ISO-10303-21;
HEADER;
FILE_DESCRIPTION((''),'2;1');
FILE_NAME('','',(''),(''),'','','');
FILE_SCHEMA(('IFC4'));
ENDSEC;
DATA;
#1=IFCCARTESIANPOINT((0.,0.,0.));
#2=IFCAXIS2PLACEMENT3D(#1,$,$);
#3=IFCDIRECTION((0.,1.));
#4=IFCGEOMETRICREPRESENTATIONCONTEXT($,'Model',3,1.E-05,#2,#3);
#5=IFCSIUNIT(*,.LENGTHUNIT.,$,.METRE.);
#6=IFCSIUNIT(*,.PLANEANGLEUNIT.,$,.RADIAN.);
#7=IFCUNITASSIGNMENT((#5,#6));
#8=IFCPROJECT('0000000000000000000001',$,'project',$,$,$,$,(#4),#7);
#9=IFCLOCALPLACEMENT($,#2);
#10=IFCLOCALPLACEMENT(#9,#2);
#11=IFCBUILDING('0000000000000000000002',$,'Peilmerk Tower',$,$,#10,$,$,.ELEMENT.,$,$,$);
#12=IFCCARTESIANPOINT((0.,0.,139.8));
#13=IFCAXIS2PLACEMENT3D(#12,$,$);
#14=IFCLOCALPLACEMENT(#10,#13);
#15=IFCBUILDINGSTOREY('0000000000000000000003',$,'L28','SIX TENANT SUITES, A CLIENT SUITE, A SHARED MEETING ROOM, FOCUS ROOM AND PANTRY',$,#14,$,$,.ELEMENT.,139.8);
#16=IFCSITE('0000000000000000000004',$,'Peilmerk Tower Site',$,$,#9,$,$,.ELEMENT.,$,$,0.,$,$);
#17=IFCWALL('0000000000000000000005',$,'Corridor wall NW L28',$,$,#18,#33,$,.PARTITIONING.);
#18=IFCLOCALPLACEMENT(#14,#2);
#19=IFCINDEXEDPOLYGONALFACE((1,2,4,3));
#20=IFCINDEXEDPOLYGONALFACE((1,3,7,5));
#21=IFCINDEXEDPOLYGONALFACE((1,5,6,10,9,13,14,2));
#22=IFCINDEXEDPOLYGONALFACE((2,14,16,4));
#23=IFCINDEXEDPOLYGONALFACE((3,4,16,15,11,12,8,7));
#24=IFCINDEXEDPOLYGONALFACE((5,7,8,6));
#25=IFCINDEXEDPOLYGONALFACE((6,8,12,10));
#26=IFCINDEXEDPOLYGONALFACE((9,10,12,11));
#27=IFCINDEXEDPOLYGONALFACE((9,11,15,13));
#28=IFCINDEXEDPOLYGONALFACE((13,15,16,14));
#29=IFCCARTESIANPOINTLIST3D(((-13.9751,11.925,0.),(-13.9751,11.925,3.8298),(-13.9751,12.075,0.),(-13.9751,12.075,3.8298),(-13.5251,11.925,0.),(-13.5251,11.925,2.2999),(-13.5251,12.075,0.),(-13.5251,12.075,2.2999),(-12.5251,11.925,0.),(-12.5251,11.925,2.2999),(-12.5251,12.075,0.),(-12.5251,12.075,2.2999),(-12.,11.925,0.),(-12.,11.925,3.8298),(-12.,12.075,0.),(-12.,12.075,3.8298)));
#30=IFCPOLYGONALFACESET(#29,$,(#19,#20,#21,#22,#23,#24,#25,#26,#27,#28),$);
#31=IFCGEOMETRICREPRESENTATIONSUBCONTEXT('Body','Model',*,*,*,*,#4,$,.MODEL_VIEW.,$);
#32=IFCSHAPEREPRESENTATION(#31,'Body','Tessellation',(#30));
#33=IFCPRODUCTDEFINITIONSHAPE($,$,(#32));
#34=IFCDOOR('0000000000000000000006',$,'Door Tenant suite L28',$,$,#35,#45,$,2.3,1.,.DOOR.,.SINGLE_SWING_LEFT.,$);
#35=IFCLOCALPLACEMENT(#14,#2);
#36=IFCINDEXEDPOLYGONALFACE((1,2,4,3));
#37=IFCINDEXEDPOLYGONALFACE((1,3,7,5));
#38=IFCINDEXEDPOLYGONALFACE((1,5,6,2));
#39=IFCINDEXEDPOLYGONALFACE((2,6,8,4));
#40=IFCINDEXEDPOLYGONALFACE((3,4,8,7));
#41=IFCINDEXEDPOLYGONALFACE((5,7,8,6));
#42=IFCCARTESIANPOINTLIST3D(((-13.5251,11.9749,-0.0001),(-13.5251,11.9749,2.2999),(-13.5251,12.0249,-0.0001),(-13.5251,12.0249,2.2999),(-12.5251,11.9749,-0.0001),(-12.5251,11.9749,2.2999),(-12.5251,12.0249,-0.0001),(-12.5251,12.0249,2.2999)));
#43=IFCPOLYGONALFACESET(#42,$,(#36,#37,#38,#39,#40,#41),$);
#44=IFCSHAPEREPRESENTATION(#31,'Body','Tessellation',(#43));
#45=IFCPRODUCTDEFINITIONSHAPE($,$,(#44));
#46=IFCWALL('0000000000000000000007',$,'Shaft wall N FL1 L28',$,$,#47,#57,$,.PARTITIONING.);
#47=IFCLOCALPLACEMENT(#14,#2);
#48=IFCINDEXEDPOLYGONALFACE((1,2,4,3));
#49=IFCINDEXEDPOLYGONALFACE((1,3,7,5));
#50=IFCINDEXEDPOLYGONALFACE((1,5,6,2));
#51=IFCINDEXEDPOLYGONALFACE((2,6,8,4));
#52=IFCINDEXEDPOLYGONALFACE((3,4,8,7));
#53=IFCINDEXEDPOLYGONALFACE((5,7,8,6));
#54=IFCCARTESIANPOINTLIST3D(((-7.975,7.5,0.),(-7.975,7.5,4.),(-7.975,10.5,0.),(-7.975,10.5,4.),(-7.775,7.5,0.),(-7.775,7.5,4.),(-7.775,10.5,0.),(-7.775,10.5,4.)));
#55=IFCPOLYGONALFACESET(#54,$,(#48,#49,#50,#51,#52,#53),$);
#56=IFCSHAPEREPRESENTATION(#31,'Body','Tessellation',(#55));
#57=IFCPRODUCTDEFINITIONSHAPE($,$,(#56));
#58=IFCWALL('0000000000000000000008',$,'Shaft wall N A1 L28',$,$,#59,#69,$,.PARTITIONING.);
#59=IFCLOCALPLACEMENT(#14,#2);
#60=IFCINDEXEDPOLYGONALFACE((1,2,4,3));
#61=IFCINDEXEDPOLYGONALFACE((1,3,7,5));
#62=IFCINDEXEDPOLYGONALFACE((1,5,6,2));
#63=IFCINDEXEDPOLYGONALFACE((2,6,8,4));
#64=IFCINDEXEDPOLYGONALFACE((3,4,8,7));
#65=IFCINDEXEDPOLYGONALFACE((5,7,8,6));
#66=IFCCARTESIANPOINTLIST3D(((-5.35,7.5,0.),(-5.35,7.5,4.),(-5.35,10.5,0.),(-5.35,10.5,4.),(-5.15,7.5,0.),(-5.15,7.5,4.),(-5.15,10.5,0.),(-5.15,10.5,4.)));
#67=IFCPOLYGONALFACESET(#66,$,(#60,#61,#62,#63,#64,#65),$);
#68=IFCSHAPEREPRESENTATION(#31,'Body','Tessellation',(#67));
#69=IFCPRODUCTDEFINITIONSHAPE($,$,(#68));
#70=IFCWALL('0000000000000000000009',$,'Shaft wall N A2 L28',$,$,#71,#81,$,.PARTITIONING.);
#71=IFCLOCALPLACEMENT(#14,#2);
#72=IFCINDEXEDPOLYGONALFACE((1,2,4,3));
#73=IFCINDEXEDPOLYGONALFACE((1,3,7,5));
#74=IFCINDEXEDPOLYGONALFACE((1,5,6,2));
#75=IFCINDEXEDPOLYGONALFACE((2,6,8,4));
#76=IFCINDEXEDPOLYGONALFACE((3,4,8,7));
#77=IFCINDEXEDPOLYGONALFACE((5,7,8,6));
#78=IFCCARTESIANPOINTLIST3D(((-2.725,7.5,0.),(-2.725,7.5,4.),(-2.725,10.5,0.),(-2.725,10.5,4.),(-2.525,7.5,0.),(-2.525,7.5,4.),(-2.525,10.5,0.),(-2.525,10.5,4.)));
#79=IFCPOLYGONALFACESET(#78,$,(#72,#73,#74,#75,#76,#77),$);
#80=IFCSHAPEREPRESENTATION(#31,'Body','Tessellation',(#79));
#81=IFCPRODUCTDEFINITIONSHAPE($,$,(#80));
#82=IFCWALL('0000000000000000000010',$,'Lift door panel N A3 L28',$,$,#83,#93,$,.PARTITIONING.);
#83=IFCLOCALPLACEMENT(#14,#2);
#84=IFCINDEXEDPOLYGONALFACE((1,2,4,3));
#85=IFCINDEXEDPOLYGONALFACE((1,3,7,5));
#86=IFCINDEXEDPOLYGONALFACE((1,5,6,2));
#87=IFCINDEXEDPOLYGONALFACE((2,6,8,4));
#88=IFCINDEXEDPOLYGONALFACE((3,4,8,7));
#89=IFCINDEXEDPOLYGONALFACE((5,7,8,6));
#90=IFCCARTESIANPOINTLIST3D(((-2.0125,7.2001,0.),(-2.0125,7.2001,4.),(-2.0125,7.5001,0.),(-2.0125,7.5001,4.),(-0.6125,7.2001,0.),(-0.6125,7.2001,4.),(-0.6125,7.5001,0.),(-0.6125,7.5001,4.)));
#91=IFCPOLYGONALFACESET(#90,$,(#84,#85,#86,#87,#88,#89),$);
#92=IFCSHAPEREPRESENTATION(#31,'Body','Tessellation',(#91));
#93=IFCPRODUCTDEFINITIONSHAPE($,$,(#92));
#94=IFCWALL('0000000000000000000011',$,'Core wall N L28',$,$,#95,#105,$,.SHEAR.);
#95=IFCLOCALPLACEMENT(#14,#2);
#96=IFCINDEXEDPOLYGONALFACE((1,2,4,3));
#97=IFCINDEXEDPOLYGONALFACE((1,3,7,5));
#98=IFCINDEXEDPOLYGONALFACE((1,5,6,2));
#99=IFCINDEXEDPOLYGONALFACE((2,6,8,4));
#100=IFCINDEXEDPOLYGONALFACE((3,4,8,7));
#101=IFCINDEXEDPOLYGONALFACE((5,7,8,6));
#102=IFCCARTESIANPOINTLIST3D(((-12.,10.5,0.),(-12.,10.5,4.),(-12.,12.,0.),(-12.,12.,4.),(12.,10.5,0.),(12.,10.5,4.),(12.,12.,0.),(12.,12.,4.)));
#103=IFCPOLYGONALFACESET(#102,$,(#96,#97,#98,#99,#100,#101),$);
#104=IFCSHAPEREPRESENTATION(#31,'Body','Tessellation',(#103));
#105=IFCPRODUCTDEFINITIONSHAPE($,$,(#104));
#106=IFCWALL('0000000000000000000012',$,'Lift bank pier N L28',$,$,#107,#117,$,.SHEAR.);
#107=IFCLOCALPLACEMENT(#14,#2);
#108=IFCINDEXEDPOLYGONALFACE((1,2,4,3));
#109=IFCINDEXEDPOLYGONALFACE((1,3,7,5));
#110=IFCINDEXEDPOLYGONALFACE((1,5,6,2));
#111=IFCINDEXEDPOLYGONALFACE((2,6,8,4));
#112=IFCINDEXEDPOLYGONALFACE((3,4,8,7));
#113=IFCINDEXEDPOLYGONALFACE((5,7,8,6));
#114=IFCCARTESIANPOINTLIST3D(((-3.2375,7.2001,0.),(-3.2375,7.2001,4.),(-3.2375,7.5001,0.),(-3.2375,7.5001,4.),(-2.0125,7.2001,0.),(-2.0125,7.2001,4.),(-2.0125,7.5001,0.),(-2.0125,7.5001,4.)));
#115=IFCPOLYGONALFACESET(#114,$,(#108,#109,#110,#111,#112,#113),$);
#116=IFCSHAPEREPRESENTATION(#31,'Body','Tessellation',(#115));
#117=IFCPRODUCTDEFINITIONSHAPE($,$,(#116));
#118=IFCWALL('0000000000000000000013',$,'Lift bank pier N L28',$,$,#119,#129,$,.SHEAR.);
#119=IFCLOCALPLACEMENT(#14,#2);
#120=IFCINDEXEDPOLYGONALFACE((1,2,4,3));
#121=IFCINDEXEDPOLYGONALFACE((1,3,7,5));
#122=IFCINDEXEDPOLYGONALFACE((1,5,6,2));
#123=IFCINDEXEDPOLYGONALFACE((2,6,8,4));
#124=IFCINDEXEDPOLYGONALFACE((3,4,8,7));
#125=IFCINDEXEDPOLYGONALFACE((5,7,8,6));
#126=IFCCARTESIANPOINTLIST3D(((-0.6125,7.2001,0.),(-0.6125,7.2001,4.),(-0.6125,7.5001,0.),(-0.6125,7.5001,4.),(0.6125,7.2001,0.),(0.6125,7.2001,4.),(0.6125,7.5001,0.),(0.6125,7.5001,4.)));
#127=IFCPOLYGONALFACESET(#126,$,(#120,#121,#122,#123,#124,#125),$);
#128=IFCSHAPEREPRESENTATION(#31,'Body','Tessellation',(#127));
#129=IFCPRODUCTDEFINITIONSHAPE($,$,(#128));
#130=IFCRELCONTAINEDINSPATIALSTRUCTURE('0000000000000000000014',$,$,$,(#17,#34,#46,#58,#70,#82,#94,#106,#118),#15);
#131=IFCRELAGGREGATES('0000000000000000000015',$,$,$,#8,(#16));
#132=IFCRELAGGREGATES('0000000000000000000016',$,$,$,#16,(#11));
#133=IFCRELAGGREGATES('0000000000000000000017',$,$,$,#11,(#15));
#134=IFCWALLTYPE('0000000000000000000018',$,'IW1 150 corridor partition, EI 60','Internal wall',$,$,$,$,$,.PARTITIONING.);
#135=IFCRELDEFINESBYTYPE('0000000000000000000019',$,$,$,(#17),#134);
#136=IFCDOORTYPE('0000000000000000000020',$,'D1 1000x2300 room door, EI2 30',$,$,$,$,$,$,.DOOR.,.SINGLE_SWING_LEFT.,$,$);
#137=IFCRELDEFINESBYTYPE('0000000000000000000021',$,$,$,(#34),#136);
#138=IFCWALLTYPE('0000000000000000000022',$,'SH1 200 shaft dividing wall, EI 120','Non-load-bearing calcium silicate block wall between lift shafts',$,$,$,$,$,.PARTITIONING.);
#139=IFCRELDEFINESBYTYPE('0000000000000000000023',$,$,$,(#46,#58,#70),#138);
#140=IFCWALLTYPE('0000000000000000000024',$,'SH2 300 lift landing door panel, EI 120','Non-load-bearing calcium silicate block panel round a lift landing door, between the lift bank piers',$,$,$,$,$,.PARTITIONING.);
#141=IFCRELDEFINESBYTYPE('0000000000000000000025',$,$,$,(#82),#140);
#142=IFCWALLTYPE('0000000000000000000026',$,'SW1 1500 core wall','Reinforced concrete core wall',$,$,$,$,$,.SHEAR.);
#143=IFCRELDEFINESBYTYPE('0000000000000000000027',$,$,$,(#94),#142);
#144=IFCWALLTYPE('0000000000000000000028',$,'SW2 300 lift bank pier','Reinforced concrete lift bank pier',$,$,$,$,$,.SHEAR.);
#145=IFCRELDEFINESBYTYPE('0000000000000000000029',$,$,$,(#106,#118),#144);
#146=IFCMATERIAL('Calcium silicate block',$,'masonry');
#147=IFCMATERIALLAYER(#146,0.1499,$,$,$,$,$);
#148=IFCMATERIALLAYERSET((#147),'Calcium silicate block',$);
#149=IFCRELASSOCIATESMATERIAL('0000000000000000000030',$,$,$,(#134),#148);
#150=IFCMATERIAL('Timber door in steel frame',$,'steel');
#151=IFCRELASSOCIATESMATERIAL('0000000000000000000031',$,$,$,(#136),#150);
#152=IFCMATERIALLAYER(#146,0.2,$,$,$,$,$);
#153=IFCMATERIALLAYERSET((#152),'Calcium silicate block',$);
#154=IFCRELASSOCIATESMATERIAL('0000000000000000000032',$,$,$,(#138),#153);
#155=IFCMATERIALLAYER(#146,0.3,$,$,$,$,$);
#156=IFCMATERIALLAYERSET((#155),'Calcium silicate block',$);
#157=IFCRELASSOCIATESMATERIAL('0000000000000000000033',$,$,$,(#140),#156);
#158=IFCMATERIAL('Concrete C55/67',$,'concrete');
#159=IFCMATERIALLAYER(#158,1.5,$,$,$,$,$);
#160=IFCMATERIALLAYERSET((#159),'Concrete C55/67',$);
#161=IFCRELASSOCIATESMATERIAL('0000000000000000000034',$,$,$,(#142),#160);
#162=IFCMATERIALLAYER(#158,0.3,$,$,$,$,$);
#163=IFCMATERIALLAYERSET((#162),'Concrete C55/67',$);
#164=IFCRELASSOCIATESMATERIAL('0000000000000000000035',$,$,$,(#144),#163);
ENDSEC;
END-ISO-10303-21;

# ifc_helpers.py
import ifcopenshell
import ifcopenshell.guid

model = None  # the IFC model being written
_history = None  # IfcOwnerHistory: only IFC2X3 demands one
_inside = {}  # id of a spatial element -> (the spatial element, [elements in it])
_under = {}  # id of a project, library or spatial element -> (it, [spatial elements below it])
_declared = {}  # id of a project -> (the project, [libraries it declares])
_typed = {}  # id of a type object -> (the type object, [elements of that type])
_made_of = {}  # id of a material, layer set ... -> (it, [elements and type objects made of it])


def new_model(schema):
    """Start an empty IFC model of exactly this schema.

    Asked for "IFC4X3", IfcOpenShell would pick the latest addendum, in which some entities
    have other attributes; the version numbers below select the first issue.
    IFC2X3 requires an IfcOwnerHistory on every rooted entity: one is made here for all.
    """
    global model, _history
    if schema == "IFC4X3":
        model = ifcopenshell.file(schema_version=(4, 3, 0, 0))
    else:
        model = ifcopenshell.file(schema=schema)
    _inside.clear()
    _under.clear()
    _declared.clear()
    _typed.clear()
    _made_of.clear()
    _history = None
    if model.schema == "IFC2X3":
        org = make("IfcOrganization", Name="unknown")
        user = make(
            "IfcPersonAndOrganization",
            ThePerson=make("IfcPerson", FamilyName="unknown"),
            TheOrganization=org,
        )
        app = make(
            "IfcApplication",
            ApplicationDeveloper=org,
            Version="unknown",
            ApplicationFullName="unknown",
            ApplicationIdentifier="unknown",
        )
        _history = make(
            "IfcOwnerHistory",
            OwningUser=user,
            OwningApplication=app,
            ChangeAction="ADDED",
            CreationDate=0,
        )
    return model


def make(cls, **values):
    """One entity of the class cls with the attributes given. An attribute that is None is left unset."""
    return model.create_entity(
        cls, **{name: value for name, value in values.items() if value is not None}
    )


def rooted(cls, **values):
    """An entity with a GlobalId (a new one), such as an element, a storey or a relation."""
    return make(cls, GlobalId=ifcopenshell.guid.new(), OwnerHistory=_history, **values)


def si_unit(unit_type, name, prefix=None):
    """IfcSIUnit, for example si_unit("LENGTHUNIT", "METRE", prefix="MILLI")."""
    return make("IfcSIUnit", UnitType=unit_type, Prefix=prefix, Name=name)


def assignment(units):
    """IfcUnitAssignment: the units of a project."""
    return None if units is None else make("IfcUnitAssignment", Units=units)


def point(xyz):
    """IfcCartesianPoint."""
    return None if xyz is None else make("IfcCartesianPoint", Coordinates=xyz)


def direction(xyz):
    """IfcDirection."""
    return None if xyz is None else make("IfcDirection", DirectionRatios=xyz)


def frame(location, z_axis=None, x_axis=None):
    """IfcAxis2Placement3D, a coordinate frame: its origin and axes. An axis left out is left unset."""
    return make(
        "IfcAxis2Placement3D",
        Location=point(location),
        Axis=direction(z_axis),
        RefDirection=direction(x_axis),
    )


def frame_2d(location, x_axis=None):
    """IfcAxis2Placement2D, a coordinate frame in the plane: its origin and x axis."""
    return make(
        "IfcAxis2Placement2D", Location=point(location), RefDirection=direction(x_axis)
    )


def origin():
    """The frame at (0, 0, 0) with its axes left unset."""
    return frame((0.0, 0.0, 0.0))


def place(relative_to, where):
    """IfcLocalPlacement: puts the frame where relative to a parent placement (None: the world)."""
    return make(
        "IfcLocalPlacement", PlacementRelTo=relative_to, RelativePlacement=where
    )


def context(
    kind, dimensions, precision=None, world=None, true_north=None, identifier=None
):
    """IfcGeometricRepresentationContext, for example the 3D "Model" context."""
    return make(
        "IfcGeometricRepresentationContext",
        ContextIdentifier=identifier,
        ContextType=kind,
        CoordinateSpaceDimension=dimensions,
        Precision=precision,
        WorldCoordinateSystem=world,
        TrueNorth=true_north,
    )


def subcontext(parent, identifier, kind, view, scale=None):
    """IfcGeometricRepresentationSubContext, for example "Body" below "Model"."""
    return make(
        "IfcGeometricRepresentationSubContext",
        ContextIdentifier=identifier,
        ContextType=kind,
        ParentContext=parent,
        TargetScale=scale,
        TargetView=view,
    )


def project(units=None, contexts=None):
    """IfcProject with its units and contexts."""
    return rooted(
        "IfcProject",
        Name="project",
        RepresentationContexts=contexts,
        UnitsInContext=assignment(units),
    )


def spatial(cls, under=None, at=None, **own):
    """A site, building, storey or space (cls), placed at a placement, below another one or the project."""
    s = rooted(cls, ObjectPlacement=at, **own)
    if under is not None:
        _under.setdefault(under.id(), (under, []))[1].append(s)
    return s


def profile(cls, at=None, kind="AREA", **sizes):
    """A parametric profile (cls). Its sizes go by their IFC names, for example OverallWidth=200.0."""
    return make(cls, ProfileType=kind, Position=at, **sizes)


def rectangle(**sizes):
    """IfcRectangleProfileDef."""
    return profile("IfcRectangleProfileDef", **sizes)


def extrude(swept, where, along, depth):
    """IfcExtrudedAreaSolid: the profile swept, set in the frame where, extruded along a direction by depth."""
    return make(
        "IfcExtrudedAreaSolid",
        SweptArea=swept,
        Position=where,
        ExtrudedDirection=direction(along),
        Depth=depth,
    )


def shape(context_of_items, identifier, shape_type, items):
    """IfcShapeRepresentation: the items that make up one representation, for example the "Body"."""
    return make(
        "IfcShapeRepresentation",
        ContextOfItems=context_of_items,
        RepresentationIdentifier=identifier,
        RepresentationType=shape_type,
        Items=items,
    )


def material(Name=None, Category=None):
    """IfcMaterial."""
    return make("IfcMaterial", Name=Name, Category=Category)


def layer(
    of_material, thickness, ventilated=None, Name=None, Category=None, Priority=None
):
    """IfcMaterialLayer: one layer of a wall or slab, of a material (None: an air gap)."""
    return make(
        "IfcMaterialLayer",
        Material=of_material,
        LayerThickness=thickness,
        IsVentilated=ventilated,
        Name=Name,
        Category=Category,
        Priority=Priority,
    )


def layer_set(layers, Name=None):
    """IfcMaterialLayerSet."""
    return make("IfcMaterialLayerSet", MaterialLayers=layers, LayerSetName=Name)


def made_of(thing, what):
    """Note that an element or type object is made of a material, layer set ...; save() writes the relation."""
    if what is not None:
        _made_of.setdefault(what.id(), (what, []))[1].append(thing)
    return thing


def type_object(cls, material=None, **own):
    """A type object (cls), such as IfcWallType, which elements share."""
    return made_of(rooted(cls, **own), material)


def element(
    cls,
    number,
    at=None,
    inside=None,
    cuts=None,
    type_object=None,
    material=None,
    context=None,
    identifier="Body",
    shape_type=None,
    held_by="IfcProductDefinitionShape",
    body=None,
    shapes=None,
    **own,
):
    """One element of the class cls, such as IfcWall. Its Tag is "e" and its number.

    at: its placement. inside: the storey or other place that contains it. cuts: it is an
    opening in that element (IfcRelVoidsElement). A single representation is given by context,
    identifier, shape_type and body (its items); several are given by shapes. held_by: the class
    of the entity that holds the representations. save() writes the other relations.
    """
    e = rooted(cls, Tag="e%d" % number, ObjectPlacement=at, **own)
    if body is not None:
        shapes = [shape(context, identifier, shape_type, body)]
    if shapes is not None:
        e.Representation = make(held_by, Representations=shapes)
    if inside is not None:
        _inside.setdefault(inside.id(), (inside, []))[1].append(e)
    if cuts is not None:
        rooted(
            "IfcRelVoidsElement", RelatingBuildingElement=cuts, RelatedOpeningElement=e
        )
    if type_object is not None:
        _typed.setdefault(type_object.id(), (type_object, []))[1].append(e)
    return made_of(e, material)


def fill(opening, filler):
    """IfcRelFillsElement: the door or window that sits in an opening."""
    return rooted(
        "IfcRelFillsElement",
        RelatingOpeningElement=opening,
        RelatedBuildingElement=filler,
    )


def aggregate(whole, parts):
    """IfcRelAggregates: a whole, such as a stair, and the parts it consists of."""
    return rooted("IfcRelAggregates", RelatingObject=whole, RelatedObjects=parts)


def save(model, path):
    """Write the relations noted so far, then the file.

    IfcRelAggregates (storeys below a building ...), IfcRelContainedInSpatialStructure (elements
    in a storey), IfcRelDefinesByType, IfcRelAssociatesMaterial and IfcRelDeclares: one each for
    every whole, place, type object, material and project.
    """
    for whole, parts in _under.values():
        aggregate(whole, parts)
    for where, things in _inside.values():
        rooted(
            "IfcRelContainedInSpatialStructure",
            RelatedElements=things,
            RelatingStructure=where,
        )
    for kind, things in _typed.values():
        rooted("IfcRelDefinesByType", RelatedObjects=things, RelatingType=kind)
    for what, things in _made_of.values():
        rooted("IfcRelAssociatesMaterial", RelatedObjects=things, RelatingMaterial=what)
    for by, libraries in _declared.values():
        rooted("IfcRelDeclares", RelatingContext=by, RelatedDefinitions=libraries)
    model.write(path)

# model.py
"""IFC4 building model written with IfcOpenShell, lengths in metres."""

from ifc_helpers import new_model, si_unit, direction, frame, frame_2d, origin, place, context, subcontext, project, spatial, rectangle, extrude, material, layer, layer_set, type_object, element, fill, save


model = new_model("IFC4")

# Units and contexts
model_context = context("Model", 3, precision=1e-05, world=origin(), true_north=direction((0.0, 1.0)))
body_context = subcontext(model_context, "Body", "Model", "MODEL_VIEW")
ifc_project = project(units=[si_unit("LENGTHUNIT", "METRE"), si_unit("PLANEANGLEUNIT", "RADIAN")], contexts=[model_context])

# Site, building, storey
site_placement = place(None, origin())
site = spatial("IfcSite", under=ifc_project, at=site_placement, Name="Peilmerk Tower Site", CompositionType="ELEMENT", RefElevation=0.0)
building_placement = place(site_placement, origin())
building = spatial("IfcBuilding", under=site, at=building_placement, Name="Peilmerk Tower", CompositionType="ELEMENT")
storey_placement = place(building_placement, frame((0.0, 0.0, 139.8)))
storey = spatial("IfcBuildingStorey", under=building, at=storey_placement, Name="L28", Description="SIX TENANT SUITES, A CLIENT SUITE, A SHARED MEETING ROOM, FOCUS ROOM AND PANTRY", CompositionType="ELEMENT", Elevation=139.8)

# Shared definitions
ifc_material_1 = material(Name="Calcium silicate block", Category="masonry")
ifc_layer_1 = layer(ifc_material_1, 0.1499)
ifc_layer_set_1 = layer_set([ifc_layer_1], Name="Calcium silicate block")
wall_type_1 = type_object("IfcWallType", Name="IW1 150 corridor partition, EI 60", Description="Internal wall", PredefinedType="PARTITIONING", material=ifc_layer_set_1)
ifc_material_2 = material(Name="Timber door in steel frame", Category="steel")
door_type_1 = type_object("IfcDoorType", Name="D1 1000x2300 room door, EI2 30", OperationType="SINGLE_SWING_LEFT", PredefinedType="DOOR", material=ifc_material_2)

# Wall, opening, door
wall_1_placement = place(storey_placement, frame((-13.9751, 12.0, 0.0), z_axis=(0.0, 0.0, 1.0), x_axis=(1.0, 0.0, 0.0)))
wall_1 = element("IfcWall", 1, at=wall_1_placement, inside=storey, type_object=wall_type_1, Name="Corridor wall NW L28", PredefinedType="PARTITIONING", context=body_context, shape_type="SweptSolid", body=[
    extrude(rectangle(XDim=1.9751, YDim=0.1499, at=frame_2d((0.9875, 0.0))), origin(), (0.0, 0.0, 1.0), 3.8298),
])
opening_1_placement = place(wall_1_placement, frame((0.45, 0.0, 0.0)))
opening_1 = element("IfcOpeningElement", 2, at=opening_1_placement, cuts=wall_1, PredefinedType="OPENING", context=body_context, shape_type="SweptSolid", body=[
    extrude(rectangle(XDim=1.0, YDim=2.3, at=frame_2d((0.5, 1.1499))), frame((0.0, 0.085, 0.0), z_axis=(0.0, -1.0, 0.0), x_axis=(1.0, 0.0, 0.0)), (0.0, 0.0, 1.0), 0.1699),
])
door_1_placement = place(opening_1_placement, origin())
door_1 = element("IfcDoor", 3, at=door_1_placement, inside=storey, type_object=door_type_1, Name="Door Tenant suite L28", OperationType="SINGLE_SWING_LEFT", OverallHeight=2.3, OverallWidth=1.0, PredefinedType="DOOR", context=body_context, shape_type="SweptSolid", body=[
    extrude(rectangle(XDim=1.0, YDim=2.3, at=frame_2d((0.5, 1.1499))), frame((0.0, 0.0249, 0.0), z_axis=(0.0, -1.0, 0.0), x_axis=(1.0, 0.0, 0.0)), (0.0, 0.0, 1.0), 0.05),
])
fill(opening_1, door_1)

# Walls
ifc_layer_2 = layer(ifc_material_1, 0.2)
ifc_layer_set_2 = layer_set([ifc_layer_2], Name="Calcium silicate block")
wall_type_2 = type_object("IfcWallType", Name="SH1 200 shaft dividing wall, EI 120", Description="Non-load-bearing calcium silicate block wall between lift shafts", PredefinedType="PARTITIONING", material=ifc_layer_set_2)
for number, where, z_axis, x_axis, name in (
    (4, (-7.875, 7.5, 0.0), (0.0, 0.0, 1.0), (0.0, 1.0, 0.0), "Shaft wall N FL1 L28"),
    (5, (-5.25, 7.5, 0.0), (0.0, 0.0, 1.0), (0.0, 1.0, 0.0), "Shaft wall N A1 L28"),
    (6, (-2.625, 7.5, 0.0), (0.0, 0.0, 1.0), (0.0, 1.0, 0.0), "Shaft wall N A2 L28"),
):
    element("IfcWall", number, at=place(storey_placement, frame(where, z_axis=z_axis, x_axis=x_axis)), inside=storey, type_object=wall_type_2, Name=name, PredefinedType="PARTITIONING", context=body_context, shape_type="SweptSolid", body=[
        extrude(rectangle(XDim=3.0, YDim=0.2, at=frame_2d((1.5, 0.0))), origin(), (0.0, 0.0, 1.0), 4.0),
    ])
ifc_layer_3 = layer(ifc_material_1, 0.3)
ifc_layer_set_3 = layer_set([ifc_layer_3], Name="Calcium silicate block")
wall_type_3 = type_object("IfcWallType", Name="SH2 300 lift landing door panel, EI 120", Description="Non-load-bearing calcium silicate block panel round a lift landing door, between the lift bank piers", PredefinedType="PARTITIONING", material=ifc_layer_set_3)
wall_2_placement = place(storey_placement, frame((-2.0125, 7.3501, 0.0), z_axis=(0.0, 0.0, 1.0), x_axis=(1.0, 0.0, 0.0)))
element("IfcWall", 7, at=wall_2_placement, inside=storey, type_object=wall_type_3, Name="Lift door panel N A3 L28", PredefinedType="PARTITIONING", context=body_context, shape_type="SweptSolid", body=[
    extrude(rectangle(XDim=1.3999, YDim=0.3, at=frame_2d((0.7, 0.0))), origin(), (0.0, 0.0, 1.0), 4.0),
])
ifc_material_3 = material(Name="Concrete C55/67", Category="concrete")
ifc_layer_4 = layer(ifc_material_3, 1.5)
ifc_layer_set_4 = layer_set([ifc_layer_4], Name="Concrete C55/67")
wall_type_4 = type_object("IfcWallType", Name="SW1 1500 core wall", Description="Reinforced concrete core wall", PredefinedType="SHEAR", material=ifc_layer_set_4)
wall_3_placement = place(storey_placement, frame((-12.0, 11.25, 0.0), z_axis=(0.0, 0.0, 1.0), x_axis=(1.0, 0.0, 0.0)))
element("IfcWall", 8, at=wall_3_placement, inside=storey, type_object=wall_type_4, Name="Core wall N L28", PredefinedType="SHEAR", context=body_context, shape_type="SweptSolid", body=[
    extrude(rectangle(XDim=24.0, YDim=1.5, at=frame_2d((12.0, 0.0))), origin(), (0.0, 0.0, 1.0), 4.0),
])
ifc_layer_5 = layer(ifc_material_3, 0.3)
ifc_layer_set_5 = layer_set([ifc_layer_5], Name="Concrete C55/67")
wall_type_5 = type_object("IfcWallType", Name="SW2 300 lift bank pier", Description="Reinforced concrete lift bank pier", PredefinedType="SHEAR", material=ifc_layer_set_5)
for number, where, z_axis, x_axis, name in (
    (9, (-3.2375, 7.3501, 0.0), (0.0, 0.0, 1.0), (1.0, 0.0, 0.0), "Lift bank pier N L28"),
    (10, (-0.6125, 7.3501, 0.0), (0.0, 0.0, 1.0), (1.0, 0.0, 0.0), "Lift bank pier N L28"),
):
    element("IfcWall", number, at=place(storey_placement, frame(where, z_axis=z_axis, x_axis=x_axis)), inside=storey, type_object=wall_type_5, Name=name, PredefinedType="SHEAR", context=body_context, shape_type="SweptSolid", body=[
        extrude(rectangle(XDim=1.2251, YDim=0.3, at=frame_2d((0.6125, 0.0))), origin(), (0.0, 0.0, 1.0), 4.0),
    ])

save(model, "model.ifc")
